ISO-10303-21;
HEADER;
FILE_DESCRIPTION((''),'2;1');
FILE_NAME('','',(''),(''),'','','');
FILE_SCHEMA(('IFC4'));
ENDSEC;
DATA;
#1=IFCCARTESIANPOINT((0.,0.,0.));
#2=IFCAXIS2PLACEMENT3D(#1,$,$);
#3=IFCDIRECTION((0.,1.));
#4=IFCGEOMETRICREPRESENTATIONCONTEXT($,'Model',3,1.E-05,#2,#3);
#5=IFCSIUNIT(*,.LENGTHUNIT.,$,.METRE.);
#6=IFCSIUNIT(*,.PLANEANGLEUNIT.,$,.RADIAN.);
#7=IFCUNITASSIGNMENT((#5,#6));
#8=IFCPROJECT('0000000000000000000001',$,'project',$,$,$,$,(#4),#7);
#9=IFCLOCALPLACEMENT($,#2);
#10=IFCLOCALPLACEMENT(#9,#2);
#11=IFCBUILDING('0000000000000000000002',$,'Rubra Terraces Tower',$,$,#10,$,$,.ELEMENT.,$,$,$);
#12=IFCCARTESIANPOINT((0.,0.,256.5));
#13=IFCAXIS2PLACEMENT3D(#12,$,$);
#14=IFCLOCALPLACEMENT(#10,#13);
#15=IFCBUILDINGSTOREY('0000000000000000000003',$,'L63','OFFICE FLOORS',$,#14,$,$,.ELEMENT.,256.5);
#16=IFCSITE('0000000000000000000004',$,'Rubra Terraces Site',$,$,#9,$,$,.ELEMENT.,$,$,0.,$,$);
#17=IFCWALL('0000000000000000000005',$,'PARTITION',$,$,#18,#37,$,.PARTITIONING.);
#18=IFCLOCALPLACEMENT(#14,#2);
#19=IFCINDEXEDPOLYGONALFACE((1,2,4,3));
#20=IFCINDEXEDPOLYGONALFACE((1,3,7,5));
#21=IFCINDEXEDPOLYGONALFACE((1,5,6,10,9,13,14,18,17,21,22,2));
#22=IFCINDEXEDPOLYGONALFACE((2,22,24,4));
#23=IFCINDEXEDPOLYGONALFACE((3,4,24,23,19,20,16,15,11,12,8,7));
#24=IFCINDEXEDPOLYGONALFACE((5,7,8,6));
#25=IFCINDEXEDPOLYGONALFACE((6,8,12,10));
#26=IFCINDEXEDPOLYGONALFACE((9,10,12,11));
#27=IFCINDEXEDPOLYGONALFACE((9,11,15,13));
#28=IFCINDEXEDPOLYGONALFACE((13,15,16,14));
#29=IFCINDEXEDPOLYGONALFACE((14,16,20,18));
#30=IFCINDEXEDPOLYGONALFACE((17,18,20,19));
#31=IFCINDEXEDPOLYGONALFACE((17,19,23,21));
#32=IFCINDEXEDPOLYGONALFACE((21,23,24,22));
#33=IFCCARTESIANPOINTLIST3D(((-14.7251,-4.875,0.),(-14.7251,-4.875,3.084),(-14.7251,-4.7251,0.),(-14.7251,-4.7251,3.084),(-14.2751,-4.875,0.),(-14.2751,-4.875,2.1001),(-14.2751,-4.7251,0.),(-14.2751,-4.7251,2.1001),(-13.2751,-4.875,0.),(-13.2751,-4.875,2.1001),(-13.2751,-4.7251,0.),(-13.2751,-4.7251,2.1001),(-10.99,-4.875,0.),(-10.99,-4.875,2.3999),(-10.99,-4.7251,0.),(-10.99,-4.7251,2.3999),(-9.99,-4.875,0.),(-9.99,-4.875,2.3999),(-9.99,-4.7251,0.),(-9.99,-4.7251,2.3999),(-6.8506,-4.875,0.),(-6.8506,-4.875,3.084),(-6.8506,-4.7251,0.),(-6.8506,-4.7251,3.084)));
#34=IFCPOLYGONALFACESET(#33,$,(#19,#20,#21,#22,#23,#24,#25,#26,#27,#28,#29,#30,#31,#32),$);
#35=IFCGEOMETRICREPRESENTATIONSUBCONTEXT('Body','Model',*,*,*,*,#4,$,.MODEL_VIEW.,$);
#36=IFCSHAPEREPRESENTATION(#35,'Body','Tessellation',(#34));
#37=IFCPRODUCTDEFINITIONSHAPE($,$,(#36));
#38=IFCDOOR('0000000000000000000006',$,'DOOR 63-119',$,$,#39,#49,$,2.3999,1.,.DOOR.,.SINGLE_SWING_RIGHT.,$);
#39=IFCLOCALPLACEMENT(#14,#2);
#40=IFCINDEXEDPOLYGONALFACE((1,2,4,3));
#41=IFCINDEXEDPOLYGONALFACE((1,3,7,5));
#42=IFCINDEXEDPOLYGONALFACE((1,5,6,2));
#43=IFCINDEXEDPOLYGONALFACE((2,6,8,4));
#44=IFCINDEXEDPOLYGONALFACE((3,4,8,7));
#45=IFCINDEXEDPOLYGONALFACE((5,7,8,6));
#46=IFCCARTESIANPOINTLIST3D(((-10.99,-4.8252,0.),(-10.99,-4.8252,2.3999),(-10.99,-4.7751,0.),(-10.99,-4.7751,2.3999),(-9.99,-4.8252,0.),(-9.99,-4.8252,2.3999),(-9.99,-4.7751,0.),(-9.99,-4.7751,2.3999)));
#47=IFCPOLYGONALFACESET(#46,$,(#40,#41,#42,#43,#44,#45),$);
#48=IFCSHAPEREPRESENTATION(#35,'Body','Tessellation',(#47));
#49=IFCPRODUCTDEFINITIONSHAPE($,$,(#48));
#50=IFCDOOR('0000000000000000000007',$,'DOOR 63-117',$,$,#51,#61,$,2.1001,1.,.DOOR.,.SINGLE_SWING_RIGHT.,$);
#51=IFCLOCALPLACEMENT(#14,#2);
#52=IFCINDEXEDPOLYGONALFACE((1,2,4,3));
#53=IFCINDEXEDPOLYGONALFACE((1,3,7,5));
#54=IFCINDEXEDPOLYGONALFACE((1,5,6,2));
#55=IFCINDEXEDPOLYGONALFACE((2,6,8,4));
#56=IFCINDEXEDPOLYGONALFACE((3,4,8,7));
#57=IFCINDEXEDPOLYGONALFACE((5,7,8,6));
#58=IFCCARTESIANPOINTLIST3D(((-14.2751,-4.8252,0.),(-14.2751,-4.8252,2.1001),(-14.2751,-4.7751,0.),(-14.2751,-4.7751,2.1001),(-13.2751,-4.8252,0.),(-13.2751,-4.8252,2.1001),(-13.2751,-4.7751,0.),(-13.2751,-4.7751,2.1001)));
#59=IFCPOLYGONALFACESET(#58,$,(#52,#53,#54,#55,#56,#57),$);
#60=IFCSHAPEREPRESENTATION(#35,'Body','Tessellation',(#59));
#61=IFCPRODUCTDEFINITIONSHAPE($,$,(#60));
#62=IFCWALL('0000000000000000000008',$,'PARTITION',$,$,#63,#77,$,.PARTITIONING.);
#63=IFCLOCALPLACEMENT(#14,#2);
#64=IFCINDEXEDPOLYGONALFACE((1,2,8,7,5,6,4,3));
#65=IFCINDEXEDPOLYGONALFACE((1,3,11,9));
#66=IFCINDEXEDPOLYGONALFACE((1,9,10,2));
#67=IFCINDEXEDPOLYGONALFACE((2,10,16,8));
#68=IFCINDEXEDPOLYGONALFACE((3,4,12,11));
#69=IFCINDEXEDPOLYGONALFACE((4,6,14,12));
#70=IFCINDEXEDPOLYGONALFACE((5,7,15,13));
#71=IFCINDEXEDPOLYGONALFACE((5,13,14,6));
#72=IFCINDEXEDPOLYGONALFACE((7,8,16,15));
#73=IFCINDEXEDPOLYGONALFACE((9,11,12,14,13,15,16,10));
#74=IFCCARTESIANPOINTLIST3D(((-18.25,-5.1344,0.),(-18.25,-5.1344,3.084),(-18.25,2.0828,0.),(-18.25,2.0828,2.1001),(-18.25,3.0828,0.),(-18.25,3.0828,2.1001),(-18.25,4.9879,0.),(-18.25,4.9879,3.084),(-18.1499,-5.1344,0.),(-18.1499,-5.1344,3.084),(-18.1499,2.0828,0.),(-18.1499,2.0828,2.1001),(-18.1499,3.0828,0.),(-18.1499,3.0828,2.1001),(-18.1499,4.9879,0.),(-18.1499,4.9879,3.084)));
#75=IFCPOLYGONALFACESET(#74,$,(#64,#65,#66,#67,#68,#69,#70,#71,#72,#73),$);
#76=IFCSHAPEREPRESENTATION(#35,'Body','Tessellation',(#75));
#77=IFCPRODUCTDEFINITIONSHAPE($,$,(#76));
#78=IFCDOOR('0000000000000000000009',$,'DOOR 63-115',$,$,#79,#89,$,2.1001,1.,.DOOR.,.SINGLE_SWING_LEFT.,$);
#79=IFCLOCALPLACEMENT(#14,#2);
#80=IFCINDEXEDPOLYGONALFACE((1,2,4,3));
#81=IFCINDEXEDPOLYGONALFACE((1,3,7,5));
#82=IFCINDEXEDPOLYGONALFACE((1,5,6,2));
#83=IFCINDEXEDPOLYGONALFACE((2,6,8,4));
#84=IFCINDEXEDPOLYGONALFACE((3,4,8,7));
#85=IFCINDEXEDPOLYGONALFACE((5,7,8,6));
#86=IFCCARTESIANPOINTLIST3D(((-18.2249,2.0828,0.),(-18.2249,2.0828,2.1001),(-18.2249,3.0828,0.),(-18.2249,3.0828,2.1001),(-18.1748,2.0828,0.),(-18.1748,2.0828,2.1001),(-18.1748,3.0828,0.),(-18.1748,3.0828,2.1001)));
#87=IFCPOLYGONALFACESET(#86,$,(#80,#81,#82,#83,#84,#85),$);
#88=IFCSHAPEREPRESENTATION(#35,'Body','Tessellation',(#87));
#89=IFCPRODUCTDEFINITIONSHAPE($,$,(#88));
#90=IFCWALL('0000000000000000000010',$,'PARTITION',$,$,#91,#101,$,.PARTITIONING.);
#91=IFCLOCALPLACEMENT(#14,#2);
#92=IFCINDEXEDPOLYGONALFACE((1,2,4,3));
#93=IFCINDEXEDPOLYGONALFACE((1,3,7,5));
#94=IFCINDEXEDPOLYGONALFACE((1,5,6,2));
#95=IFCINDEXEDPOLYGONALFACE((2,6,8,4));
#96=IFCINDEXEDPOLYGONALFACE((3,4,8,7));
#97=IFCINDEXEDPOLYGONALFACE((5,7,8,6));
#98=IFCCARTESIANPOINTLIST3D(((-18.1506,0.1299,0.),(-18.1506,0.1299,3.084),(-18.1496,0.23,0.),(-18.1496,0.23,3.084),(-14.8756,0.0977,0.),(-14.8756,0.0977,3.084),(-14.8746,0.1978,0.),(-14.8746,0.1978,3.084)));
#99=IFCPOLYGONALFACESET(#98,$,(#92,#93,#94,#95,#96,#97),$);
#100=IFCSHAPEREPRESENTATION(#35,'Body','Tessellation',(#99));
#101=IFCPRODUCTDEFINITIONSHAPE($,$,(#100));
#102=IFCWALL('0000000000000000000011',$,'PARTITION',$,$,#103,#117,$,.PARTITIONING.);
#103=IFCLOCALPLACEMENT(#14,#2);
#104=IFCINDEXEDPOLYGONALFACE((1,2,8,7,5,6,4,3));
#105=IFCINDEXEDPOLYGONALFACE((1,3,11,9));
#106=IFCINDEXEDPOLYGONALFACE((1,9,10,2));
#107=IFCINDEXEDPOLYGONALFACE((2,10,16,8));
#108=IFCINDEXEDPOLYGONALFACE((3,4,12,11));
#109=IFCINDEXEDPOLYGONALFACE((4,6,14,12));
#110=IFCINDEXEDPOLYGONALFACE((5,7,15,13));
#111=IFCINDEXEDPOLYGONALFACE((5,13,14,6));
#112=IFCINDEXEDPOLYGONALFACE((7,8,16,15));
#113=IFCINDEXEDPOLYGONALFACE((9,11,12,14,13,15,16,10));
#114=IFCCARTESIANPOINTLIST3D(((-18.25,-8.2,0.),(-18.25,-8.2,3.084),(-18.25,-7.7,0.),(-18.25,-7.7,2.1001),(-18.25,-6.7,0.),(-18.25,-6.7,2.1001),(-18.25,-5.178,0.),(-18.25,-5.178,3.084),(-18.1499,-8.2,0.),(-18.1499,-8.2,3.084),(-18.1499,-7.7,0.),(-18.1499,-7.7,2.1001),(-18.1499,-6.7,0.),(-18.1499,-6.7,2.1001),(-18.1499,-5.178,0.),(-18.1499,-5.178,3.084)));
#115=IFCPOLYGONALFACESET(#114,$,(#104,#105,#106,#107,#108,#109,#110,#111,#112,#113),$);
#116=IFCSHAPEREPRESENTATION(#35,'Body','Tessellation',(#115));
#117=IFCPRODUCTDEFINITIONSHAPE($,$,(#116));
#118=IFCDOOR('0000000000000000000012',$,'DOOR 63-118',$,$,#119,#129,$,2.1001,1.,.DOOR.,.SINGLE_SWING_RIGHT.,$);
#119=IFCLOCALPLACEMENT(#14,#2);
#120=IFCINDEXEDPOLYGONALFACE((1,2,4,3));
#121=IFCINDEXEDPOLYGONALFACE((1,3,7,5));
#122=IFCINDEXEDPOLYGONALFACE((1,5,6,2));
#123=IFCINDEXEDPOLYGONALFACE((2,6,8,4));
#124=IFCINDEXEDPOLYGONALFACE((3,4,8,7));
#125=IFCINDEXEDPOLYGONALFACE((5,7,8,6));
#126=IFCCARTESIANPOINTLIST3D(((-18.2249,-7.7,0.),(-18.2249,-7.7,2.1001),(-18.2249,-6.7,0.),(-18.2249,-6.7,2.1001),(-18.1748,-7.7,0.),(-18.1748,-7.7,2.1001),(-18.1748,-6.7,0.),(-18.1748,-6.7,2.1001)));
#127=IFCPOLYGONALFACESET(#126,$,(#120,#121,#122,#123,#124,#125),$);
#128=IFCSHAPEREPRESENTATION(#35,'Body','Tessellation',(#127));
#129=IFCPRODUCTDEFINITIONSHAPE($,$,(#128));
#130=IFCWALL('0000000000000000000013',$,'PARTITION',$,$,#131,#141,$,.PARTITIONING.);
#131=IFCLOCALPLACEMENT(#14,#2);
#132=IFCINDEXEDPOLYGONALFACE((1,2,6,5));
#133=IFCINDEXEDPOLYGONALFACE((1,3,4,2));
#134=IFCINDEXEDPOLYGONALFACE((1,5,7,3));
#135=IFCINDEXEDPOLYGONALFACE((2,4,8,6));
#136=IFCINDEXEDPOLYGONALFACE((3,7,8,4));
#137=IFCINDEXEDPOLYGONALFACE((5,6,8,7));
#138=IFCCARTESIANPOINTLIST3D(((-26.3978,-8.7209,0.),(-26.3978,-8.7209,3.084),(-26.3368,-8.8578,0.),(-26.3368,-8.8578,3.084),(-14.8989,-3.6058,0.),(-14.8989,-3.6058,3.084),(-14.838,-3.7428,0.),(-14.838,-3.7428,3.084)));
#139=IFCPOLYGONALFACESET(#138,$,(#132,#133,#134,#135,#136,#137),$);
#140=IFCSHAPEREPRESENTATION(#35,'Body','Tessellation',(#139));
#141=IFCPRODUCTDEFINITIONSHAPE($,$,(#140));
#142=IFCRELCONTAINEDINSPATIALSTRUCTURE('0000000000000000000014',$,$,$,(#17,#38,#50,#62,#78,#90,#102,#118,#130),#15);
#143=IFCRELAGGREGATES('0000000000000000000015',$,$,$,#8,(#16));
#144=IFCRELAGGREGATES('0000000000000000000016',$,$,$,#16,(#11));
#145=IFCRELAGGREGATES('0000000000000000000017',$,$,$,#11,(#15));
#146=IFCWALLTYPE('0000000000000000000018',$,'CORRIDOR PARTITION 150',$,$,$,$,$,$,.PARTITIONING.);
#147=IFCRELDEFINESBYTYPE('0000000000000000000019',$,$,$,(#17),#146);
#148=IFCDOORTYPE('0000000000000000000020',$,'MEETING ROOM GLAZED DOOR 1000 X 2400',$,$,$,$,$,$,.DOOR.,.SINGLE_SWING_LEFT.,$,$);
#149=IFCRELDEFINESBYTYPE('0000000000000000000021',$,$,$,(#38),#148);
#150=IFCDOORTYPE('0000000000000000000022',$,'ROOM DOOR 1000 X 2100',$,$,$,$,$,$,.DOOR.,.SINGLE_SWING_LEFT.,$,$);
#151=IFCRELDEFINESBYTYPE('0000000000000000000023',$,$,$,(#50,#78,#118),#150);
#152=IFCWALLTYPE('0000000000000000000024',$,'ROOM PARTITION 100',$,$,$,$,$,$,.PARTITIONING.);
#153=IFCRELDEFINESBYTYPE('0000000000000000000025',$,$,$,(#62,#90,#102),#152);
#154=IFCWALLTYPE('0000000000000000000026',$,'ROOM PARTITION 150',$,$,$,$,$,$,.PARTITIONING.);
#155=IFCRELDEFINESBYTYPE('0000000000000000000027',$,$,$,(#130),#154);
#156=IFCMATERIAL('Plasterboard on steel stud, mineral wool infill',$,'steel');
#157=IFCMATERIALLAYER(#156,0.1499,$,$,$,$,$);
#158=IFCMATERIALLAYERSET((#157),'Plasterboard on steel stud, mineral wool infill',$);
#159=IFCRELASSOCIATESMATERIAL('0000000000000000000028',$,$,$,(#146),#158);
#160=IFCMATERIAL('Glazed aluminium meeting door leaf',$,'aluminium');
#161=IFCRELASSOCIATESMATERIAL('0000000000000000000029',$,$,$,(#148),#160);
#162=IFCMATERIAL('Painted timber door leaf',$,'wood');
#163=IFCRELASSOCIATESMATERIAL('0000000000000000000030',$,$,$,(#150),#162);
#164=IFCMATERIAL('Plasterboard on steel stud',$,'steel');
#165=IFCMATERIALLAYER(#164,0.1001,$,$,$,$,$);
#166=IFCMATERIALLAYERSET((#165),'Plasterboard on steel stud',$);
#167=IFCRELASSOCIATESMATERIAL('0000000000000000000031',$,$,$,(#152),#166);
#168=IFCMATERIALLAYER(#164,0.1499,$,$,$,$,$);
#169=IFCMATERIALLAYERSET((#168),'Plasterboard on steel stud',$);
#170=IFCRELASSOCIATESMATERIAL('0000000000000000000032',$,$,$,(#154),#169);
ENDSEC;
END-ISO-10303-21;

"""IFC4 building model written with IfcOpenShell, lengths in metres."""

from ifc_helpers import new_model, si_unit, direction, frame, frame_2d, origin, place, context, subcontext, project, spatial, rectangle, extrude, material, layer, layer_set, type_object, element, fill, save


model = new_model("IFC4")

# Units and contexts
model_context = context("Model", 3, precision=1e-05, world=origin(), true_north=direction((0.0, 1.0)))
body_context = subcontext(model_context, "Body", "Model", "MODEL_VIEW")
ifc_project = project(units=[si_unit("LENGTHUNIT", "METRE"), si_unit("PLANEANGLEUNIT", "RADIAN")], contexts=[model_context])

# Site, building, storey
site_placement = place(None, origin())
site = spatial("IfcSite", under=ifc_project, at=site_placement, Name="Rubra Terraces Site", CompositionType="ELEMENT", RefElevation=0.0)
building_placement = place(site_placement, origin())
building = spatial("IfcBuilding", under=site, at=building_placement, Name="Rubra Terraces Tower", CompositionType="ELEMENT")
storey_placement = place(building_placement, frame((0.0, 0.0, 256.5)))
storey = spatial("IfcBuildingStorey", under=building, at=storey_placement, Name="L63", Description="OFFICE FLOORS", CompositionType="ELEMENT", Elevation=256.5)

# Shared definitions
ifc_material_1 = material(Name="Plasterboard on steel stud, mineral wool infill", Category="steel")
ifc_layer_1 = layer(ifc_material_1, 0.1499)
ifc_layer_set_1 = layer_set([ifc_layer_1], Name="Plasterboard on steel stud, mineral wool infill")
wall_type_1 = type_object("IfcWallType", Name="CORRIDOR PARTITION 150", PredefinedType="PARTITIONING", material=ifc_layer_set_1)

# Wall, openings, doors
wall_1_placement = place(storey_placement, frame((-14.7251, -4.8, 0.0), z_axis=(0.0, 0.0, 1.0), x_axis=(1.0, 0.0, 0.0)))
wall_1 = element("IfcWall", 1, at=wall_1_placement, inside=storey, type_object=wall_type_1, Name="PARTITION", PredefinedType="PARTITIONING", context=body_context, shape_type="SweptSolid", body=[
    extrude(rectangle(XDim=7.8745, YDim=0.1499, at=frame_2d((3.9373, 0.0))), origin(), (0.0, 0.0, 1.0), 3.084),
])
opening_1_placement = place(wall_1_placement, frame((0.45, 0.0, 0.0)))
opening_1 = element("IfcOpeningElement", 2, at=opening_1_placement, cuts=wall_1, PredefinedType="OPENING", context=body_context, shape_type="SweptSolid", body=[
    extrude(rectangle(XDim=1.0, YDim=2.1001, at=frame_2d((0.5, 1.05))), frame((0.0, 0.085, 0.0), z_axis=(0.0, -1.0, 0.0), x_axis=(1.0, 0.0, 0.0)), (0.0, 0.0, 1.0), 0.1699),
])
opening_2_placement = place(wall_1_placement, frame((3.7351, 0.0, 0.0)))
opening_2 = element("IfcOpeningElement", 3, at=opening_2_placement, cuts=wall_1, PredefinedType="OPENING", context=body_context, shape_type="SweptSolid", body=[
    extrude(rectangle(XDim=1.0, YDim=2.3999, at=frame_2d((0.5, 1.2))), frame((0.0, 0.085, 0.0), z_axis=(0.0, -1.0, 0.0), x_axis=(1.0, 0.0, 0.0)), (0.0, 0.0, 1.0), 0.1699),
])
ifc_material_2 = material(Name="Glazed aluminium meeting door leaf", Category="aluminium")
door_type_1 = type_object("IfcDoorType", Name="MEETING ROOM GLAZED DOOR 1000 X 2400", OperationType="SINGLE_SWING_LEFT", PredefinedType="DOOR", material=ifc_material_2)
door_1_placement = place(opening_2_placement, origin())
door_1 = element("IfcDoor", 4, at=door_1_placement, inside=storey, type_object=door_type_1, Name="DOOR 63-119", OperationType="SINGLE_SWING_RIGHT", OverallHeight=2.3999, OverallWidth=1.0, PredefinedType="DOOR", context=body_context, shape_type="SweptSolid", body=[
    extrude(rectangle(XDim=1.0, YDim=2.3999, at=frame_2d((0.5, 1.2))), frame((0.0, 0.0249, 0.0), z_axis=(0.0, -1.0, 0.0), x_axis=(1.0, 0.0, 0.0)), (0.0, 0.0, 1.0), 0.05),
])
fill(opening_2, door_1)
ifc_material_3 = material(Name="Painted timber door leaf", Category="wood")
door_type_2 = type_object("IfcDoorType", Name="ROOM DOOR 1000 X 2100", OperationType="SINGLE_SWING_LEFT", PredefinedType="DOOR", material=ifc_material_3)
door_2_placement = place(opening_1_placement, origin())
door_2 = element("IfcDoor", 5, at=door_2_placement, inside=storey, type_object=door_type_2, Name="DOOR 63-117", OperationType="SINGLE_SWING_RIGHT", OverallHeight=2.1001, OverallWidth=1.0, PredefinedType="DOOR", context=body_context, shape_type="SweptSolid", body=[
    extrude(rectangle(XDim=1.0, YDim=2.1001, at=frame_2d((0.5, 1.05))), frame((0.0, 0.0249, 0.0), z_axis=(0.0, -1.0, 0.0), x_axis=(1.0, 0.0, 0.0)), (0.0, 0.0, 1.0), 0.05),
])
fill(opening_1, door_2)

# Wall, opening, door
ifc_material_4 = material(Name="Plasterboard on steel stud", Category="steel")
ifc_layer_2 = layer(ifc_material_4, 0.1001)
ifc_layer_set_2 = layer_set([ifc_layer_2], Name="Plasterboard on steel stud")
wall_type_2 = type_object("IfcWallType", Name="ROOM PARTITION 100", PredefinedType="PARTITIONING", material=ifc_layer_set_2)
wall_2_placement = place(storey_placement, frame((-18.2, -5.1343, 0.0), z_axis=(0.0, 0.0, 1.0), x_axis=(0.0, 1.0, 0.0)))
wall_2 = element("IfcWall", 6, at=wall_2_placement, inside=storey, type_object=wall_type_2, Name="PARTITION", PredefinedType="PARTITIONING", context=body_context, shape_type="SweptSolid", body=[
    extrude(rectangle(XDim=10.1223, YDim=0.1001, at=frame_2d((5.061, 0.0))), origin(), (0.0, 0.0, 1.0), 3.084),
])
opening_3_placement = place(wall_2_placement, frame((7.217, 0.0, 0.0)))
opening_3 = element("IfcOpeningElement", 7, at=opening_3_placement, cuts=wall_2, PredefinedType="OPENING", context=body_context, shape_type="SweptSolid", body=[
    extrude(rectangle(XDim=1.0, YDim=2.1001, at=frame_2d((0.5, 1.05))), frame((0.0, 0.0601, 0.0), z_axis=(0.0, -1.0, 0.0), x_axis=(1.0, 0.0, 0.0)), (0.0, 0.0, 1.0), 0.1201),
])
door_3_placement = place(opening_3_placement, origin())
door_3 = element("IfcDoor", 8, at=door_3_placement, inside=storey, type_object=door_type_2, Name="DOOR 63-115", OperationType="SINGLE_SWING_LEFT", OverallHeight=2.1001, OverallWidth=1.0, PredefinedType="DOOR", context=body_context, shape_type="SweptSolid", body=[
    extrude(rectangle(XDim=1.0, YDim=2.1001, at=frame_2d((0.5, 1.05))), frame((0.0, 0.0249, 0.0), z_axis=(0.0, -1.0, 0.0), x_axis=(1.0, 0.0, 0.0)), (0.0, 0.0, 1.0), 0.05),
])
fill(opening_3, door_3)

# Wall
wall_3_placement = place(storey_placement, frame((-14.875, 0.1477, 0.0), z_axis=(0.0, 0.0, 1.0), x_axis=(-0.999952, 0.00984, 0.0)))
element("IfcWall", 9, at=wall_3_placement, inside=storey, type_object=wall_type_2, Name="PARTITION", PredefinedType="PARTITIONING", context=body_context, shape_type="SweptSolid", body=[
    extrude(rectangle(XDim=3.2751, YDim=0.1001, at=frame_2d((1.6377, 0.0))), origin(), (0.0, 0.0, 1.0), 3.084),
])

# Wall, opening, door
wall_4_placement = place(storey_placement, frame((-18.2, -8.2, 0.0), z_axis=(0.0, 0.0, 1.0), x_axis=(0.0, 1.0, 0.0)))
wall_4 = element("IfcWall", 10, at=wall_4_placement, inside=storey, type_object=wall_type_2, Name="PARTITION", PredefinedType="PARTITIONING", context=body_context, shape_type="SweptSolid", body=[
    extrude(rectangle(XDim=3.022, YDim=0.1001, at=frame_2d((1.511, 0.0))), origin(), (0.0, 0.0, 1.0), 3.084),
])
opening_4_placement = place(wall_4_placement, frame((0.5, 0.0, 0.0)))
opening_4 = element("IfcOpeningElement", 11, at=opening_4_placement, cuts=wall_4, PredefinedType="OPENING", context=body_context, shape_type="SweptSolid", body=[
    extrude(rectangle(XDim=1.0, YDim=2.1001, at=frame_2d((0.5, 1.05))), frame((0.0, 0.0601, 0.0), z_axis=(0.0, -1.0, 0.0), x_axis=(1.0, 0.0, 0.0)), (0.0, 0.0, 1.0), 0.1201),
])
door_4_placement = place(opening_4_placement, origin())
door_4 = element("IfcDoor", 12, at=door_4_placement, inside=storey, type_object=door_type_2, Name="DOOR 63-118", OperationType="SINGLE_SWING_RIGHT", OverallHeight=2.1001, OverallWidth=1.0, PredefinedType="DOOR", context=body_context, shape_type="SweptSolid", body=[
    extrude(rectangle(XDim=1.0, YDim=2.1001, at=frame_2d((0.5, 1.05))), frame((0.0, 0.0249, 0.0), z_axis=(0.0, -1.0, 0.0), x_axis=(1.0, 0.0, 0.0)), (0.0, 0.0, 1.0), 0.05),
])
fill(opening_4, door_4)

# Wall
ifc_layer_3 = layer(ifc_material_4, 0.1499)
ifc_layer_set_3 = layer_set([ifc_layer_3], Name="Plasterboard on steel stud")
wall_type_3 = type_object("IfcWallType", Name="ROOM PARTITION 150", PredefinedType="PARTITIONING", material=ifc_layer_set_3)
wall_5_placement = place(storey_placement, frame((-26.3672, -8.7893, 0.0), z_axis=(0.0, 0.0, 1.0), x_axis=(0.913681, 0.406432, 0.0)))
element("IfcWall", 13, at=wall_5_placement, inside=storey, type_object=wall_type_3, Name="PARTITION", PredefinedType="PARTITIONING", context=body_context, shape_type="SweptSolid", body=[
    extrude(rectangle(XDim=12.5852, YDim=0.1499, at=frame_2d((6.2925, 0.0))), origin(), (0.0, 0.0, 1.0), 3.084),
])

save(model, "model.ifc")
